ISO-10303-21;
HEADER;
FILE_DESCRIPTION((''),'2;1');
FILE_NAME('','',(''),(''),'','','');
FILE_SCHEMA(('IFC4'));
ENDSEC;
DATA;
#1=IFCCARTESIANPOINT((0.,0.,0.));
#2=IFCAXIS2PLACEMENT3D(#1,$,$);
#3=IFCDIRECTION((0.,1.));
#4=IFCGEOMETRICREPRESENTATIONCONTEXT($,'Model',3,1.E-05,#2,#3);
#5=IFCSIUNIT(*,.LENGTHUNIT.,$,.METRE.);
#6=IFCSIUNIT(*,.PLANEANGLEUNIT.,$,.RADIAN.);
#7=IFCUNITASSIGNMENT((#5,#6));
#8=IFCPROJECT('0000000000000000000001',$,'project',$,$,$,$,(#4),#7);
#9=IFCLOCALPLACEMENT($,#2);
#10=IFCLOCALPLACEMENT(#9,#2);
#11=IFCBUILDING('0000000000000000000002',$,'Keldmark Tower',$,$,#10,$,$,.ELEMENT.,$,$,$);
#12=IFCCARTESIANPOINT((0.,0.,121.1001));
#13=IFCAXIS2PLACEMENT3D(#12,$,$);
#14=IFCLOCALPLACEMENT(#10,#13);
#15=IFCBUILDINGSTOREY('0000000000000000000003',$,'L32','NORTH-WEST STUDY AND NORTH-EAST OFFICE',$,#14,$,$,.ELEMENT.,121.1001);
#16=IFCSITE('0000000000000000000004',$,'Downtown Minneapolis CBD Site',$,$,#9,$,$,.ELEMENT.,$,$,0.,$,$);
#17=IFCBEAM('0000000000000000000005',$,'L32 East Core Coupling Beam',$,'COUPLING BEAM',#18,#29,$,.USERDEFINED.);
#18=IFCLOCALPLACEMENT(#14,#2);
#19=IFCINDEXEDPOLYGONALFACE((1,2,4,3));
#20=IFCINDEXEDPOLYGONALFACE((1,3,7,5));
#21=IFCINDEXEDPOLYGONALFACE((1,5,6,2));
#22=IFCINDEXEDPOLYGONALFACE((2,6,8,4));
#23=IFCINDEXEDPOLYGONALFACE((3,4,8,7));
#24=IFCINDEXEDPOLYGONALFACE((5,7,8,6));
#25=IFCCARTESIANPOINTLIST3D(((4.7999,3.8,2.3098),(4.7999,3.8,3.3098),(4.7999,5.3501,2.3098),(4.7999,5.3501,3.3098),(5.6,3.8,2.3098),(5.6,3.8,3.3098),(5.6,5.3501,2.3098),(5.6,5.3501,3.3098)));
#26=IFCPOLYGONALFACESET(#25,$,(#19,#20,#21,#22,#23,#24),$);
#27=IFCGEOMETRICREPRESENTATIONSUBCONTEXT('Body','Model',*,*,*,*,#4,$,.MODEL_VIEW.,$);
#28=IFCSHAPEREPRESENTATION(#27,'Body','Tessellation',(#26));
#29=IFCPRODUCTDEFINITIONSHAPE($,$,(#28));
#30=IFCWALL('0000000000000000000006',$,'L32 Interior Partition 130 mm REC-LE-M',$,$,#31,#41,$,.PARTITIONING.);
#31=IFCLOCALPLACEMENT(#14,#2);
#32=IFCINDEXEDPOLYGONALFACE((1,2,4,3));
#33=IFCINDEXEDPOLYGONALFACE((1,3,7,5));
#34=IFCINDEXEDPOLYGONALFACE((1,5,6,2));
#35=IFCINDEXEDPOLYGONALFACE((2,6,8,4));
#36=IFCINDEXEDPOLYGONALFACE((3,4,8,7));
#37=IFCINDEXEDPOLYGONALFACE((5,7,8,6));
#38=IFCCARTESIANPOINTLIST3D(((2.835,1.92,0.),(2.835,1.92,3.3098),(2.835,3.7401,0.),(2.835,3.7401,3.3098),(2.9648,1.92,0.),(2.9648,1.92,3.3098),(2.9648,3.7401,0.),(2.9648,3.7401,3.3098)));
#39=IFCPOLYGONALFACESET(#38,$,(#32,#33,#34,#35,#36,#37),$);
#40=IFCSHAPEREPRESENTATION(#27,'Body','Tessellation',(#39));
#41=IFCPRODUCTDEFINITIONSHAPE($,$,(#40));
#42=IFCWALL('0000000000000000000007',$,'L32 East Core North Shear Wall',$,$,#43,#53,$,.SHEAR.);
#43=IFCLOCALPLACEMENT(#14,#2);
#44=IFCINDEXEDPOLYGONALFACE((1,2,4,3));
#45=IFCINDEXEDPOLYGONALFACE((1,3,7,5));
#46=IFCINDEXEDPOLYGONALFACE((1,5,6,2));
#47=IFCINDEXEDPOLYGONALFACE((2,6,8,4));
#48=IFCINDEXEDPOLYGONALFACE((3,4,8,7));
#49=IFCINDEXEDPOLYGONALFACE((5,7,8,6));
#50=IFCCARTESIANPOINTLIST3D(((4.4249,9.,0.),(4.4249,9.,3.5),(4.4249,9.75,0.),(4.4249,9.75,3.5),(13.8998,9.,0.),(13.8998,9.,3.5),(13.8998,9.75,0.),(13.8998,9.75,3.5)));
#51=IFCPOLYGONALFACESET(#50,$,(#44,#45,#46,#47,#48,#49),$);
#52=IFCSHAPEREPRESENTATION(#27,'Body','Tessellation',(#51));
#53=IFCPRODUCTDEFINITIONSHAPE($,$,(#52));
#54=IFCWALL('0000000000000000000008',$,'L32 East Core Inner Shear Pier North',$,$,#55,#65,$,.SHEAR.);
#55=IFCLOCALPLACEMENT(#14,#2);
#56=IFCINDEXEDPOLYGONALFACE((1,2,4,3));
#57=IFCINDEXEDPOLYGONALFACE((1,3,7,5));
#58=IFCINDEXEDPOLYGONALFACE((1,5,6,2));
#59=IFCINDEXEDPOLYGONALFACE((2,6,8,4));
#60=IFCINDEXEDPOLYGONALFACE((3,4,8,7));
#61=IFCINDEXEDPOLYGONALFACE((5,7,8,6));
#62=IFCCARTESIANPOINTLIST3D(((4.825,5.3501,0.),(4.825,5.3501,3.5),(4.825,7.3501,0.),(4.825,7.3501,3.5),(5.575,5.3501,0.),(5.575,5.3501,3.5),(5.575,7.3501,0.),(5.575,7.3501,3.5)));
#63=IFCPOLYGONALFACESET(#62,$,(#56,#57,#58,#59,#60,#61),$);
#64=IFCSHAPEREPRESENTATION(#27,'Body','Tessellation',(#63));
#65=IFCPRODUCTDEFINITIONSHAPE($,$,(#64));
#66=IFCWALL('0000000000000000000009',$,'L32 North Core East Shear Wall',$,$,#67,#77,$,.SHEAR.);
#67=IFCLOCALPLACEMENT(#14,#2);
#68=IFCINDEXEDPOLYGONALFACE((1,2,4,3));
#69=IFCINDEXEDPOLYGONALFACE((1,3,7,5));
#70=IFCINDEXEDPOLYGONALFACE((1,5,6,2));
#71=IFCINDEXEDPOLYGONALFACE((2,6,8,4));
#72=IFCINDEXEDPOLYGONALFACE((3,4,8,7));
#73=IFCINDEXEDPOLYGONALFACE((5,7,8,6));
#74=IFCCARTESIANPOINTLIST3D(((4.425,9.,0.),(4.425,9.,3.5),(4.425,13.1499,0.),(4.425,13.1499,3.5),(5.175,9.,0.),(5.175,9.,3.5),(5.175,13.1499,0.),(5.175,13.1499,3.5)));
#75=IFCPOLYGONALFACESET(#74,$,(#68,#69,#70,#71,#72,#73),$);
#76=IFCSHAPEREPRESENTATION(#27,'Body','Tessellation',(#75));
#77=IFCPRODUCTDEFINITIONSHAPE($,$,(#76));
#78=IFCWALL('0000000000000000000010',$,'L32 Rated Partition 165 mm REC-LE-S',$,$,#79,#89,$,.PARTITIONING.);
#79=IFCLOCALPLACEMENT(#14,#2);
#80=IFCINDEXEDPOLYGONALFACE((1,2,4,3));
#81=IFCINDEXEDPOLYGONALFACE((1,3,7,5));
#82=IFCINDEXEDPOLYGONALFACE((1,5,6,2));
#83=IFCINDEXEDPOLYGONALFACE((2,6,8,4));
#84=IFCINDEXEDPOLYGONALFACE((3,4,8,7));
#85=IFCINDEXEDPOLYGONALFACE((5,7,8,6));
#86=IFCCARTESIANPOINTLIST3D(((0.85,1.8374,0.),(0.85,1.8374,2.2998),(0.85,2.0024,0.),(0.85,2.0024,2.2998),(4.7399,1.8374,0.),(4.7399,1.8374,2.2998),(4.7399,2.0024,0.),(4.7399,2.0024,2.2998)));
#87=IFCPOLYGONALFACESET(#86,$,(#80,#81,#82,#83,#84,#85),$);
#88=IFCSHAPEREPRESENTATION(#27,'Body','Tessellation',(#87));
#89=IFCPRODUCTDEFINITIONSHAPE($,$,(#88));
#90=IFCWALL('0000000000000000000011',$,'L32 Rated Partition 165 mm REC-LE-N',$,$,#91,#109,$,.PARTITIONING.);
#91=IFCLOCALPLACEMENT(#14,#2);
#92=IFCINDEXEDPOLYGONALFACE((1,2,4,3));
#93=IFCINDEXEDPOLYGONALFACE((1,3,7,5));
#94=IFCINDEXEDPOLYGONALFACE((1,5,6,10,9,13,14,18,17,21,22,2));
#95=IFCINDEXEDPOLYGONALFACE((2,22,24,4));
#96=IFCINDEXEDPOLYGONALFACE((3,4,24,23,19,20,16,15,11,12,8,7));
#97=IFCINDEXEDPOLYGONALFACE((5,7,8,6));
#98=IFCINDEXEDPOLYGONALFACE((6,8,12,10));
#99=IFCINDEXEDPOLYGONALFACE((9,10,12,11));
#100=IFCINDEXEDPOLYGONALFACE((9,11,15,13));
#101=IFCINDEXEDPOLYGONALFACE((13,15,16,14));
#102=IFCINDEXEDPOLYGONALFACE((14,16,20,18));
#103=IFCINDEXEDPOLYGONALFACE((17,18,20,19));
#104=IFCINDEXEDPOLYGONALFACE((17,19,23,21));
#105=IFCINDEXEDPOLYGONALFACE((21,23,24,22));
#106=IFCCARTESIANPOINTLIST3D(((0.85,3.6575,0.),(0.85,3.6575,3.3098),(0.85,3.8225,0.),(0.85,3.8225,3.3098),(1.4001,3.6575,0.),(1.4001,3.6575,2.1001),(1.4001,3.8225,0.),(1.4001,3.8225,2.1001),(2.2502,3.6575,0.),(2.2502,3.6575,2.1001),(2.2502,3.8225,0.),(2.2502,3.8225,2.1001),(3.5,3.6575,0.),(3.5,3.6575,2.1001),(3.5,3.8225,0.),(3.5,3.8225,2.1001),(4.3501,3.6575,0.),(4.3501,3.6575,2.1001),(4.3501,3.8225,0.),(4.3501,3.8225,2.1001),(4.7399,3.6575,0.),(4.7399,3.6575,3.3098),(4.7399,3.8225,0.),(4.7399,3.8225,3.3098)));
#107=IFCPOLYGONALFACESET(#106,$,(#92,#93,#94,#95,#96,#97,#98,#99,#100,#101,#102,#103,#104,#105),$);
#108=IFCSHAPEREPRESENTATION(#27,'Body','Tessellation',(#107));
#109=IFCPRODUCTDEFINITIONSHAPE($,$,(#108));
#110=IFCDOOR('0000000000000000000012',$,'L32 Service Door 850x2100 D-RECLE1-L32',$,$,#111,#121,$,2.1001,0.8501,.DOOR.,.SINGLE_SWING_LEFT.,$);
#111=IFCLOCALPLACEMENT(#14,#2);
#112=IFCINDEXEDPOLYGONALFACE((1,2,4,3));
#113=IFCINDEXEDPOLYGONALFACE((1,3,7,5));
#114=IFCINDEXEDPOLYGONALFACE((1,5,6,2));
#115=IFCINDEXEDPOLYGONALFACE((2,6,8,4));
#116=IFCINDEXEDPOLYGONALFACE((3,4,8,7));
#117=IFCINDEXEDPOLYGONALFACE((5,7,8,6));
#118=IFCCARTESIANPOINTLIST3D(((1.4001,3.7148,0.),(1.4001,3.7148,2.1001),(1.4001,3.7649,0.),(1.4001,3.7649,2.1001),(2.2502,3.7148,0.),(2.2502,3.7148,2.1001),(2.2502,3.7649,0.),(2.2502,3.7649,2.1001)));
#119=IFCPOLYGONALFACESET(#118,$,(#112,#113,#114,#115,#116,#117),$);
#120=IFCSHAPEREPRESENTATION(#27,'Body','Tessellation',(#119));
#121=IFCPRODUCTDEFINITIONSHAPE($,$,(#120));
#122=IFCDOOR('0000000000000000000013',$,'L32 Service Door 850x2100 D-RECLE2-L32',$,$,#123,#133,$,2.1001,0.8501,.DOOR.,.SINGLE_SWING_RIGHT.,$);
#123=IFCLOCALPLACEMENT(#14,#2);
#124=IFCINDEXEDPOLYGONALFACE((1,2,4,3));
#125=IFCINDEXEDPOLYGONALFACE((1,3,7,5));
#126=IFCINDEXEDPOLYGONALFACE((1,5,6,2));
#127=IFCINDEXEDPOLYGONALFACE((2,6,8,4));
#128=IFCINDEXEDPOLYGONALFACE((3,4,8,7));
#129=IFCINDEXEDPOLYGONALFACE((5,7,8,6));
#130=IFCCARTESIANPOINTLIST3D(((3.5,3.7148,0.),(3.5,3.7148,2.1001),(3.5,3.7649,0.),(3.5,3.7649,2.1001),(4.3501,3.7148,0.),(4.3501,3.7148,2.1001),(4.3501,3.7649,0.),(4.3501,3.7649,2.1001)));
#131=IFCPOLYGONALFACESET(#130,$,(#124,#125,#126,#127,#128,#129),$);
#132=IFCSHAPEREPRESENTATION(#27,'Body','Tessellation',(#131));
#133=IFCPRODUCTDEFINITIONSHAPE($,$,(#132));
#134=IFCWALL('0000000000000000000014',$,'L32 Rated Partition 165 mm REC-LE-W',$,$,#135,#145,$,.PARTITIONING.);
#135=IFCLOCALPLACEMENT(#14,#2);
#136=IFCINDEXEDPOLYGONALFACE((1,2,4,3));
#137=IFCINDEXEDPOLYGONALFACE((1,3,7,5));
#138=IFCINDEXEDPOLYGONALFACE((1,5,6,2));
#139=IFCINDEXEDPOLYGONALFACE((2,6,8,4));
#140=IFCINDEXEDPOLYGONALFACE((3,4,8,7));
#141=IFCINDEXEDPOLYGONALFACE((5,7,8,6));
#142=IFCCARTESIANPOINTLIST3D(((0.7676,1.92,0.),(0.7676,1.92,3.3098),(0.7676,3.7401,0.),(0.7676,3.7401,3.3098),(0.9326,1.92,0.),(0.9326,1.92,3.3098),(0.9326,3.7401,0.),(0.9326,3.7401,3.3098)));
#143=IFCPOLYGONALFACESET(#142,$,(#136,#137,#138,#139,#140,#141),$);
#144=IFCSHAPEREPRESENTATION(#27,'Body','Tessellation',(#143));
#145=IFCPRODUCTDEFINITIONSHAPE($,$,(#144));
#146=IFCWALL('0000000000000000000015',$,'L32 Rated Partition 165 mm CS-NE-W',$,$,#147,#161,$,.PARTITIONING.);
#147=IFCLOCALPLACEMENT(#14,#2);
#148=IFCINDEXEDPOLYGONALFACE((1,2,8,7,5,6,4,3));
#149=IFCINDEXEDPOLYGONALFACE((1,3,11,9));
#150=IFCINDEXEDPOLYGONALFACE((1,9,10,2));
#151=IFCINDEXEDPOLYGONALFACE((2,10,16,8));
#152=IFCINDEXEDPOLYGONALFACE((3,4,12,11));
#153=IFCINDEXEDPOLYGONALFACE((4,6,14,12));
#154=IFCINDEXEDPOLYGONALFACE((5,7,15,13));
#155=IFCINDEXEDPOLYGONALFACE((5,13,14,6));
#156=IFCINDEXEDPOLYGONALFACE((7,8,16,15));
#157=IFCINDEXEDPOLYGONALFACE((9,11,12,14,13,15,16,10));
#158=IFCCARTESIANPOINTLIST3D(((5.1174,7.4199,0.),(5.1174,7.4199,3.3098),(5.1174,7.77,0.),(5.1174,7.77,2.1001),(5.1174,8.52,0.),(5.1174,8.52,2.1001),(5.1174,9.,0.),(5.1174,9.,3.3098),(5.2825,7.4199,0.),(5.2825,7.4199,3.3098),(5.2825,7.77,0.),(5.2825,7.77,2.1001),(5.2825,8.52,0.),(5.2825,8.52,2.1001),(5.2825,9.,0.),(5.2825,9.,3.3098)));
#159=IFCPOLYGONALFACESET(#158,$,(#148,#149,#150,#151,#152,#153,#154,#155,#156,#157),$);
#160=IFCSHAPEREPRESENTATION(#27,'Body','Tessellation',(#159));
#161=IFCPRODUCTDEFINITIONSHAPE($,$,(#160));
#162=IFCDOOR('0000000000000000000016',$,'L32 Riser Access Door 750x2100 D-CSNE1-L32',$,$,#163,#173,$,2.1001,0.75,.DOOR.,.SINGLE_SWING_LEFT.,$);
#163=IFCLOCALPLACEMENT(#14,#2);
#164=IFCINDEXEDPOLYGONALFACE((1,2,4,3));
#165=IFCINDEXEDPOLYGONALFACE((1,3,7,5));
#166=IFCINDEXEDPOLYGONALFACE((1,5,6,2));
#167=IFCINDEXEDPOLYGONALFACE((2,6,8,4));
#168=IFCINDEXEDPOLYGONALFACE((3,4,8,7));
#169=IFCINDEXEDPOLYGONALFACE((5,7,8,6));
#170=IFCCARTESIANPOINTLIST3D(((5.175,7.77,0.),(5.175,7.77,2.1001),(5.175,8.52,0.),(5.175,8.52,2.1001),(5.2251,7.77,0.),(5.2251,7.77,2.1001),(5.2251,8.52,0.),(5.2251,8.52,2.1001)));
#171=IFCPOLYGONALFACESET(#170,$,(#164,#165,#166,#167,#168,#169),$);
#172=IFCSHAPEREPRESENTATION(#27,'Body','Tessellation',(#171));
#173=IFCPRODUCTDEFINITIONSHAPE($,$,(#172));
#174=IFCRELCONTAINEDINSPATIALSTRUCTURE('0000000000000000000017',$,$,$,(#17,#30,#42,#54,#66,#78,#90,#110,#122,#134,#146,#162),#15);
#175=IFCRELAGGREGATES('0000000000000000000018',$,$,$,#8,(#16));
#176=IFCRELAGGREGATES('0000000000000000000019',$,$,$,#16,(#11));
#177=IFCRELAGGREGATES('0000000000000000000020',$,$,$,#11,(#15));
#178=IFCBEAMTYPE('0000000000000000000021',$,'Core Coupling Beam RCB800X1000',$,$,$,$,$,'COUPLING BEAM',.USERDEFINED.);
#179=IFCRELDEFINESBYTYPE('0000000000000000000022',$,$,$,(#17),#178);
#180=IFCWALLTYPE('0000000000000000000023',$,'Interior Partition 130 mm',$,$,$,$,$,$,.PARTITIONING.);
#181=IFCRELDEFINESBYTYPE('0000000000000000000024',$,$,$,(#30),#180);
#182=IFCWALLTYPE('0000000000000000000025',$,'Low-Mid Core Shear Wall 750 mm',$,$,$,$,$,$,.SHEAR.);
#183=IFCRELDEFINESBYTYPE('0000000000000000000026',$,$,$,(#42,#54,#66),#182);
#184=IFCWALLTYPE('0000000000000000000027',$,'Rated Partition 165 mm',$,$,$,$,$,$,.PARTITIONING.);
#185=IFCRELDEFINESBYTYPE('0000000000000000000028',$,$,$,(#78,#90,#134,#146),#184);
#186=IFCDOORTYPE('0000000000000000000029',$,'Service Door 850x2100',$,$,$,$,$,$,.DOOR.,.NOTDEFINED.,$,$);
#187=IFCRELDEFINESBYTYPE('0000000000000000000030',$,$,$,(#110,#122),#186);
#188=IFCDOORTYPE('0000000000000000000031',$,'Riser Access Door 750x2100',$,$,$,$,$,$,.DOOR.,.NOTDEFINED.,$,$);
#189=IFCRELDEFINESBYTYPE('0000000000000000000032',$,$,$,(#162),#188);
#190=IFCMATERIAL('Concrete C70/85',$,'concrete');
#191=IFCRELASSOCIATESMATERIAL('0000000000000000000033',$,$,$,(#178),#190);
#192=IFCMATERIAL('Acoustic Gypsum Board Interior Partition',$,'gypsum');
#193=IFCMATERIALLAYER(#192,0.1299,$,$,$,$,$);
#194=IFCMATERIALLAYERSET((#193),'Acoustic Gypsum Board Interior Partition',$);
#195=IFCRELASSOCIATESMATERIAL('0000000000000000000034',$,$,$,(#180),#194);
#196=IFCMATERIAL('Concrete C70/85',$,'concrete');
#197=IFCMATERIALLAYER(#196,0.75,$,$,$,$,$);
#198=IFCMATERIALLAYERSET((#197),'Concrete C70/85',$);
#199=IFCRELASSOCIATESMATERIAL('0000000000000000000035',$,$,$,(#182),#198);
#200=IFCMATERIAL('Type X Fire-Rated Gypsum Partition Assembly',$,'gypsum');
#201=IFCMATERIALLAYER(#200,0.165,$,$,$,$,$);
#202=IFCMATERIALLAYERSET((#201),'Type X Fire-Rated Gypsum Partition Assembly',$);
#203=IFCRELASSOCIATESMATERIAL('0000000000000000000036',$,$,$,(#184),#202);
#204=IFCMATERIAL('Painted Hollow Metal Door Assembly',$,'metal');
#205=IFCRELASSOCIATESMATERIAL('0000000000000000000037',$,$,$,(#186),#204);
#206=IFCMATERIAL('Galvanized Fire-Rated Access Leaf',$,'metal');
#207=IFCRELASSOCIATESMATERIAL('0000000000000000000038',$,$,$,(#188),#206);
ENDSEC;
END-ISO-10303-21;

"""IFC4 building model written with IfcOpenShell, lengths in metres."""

from ifc_helpers import new_model, si_unit, direction, frame, frame_2d, origin, origin_2d, place, context, subcontext, project, spatial, rectangle, extrude, material, layer, layer_set, material_profile, profile_set, type_object, element, fill, save


model = new_model("IFC4")

# Units and contexts
model_context = context("Model", 3, precision=1e-05, world=origin(), true_north=direction((0.0, 1.0)))
body_context = subcontext(model_context, "Body", "Model", "MODEL_VIEW")
ifc_project = project(units=[si_unit("LENGTHUNIT", "METRE"), si_unit("PLANEANGLEUNIT", "RADIAN")], contexts=[model_context])

# Site, building, storey
site_placement = place(None, origin())
site = spatial("IfcSite", under=ifc_project, at=site_placement, Name="Downtown Minneapolis CBD Site", CompositionType="ELEMENT", RefElevation=0.0)
building_placement = place(site_placement, origin())
building = spatial("IfcBuilding", under=site, at=building_placement, Name="Keldmark Tower", CompositionType="ELEMENT")
storey_placement = place(building_placement, frame((0.0, 0.0, 121.1001)))
storey = spatial("IfcBuildingStorey", under=building, at=storey_placement, Name="L32", Description="NORTH-WEST STUDY AND NORTH-EAST OFFICE", CompositionType="ELEMENT", Elevation=121.1001)

# Beam
ifc_material_1 = material(Name="Concrete C70/85", Category="concrete")
ifc_material_profile = material_profile(ifc_material_1, rectangle(XDim=0.8, YDim=1.0, at=origin_2d()), Name="RCB800X1000")
ifc_profile_set = profile_set([ifc_material_profile], Name="Concrete C70/85")
beam_type = type_object("IfcBeamType", Name="Core Coupling Beam RCB800X1000", ElementType="COUPLING BEAM", PredefinedType="USERDEFINED", material=ifc_profile_set)
beam_placement = place(storey_placement, frame((5.2, 3.8, 2.8098), z_axis=(0.0, 1.0, 0.0), x_axis=(-1.0, 0.0, 0.0)))
element("IfcBeam", 1, at=beam_placement, inside=storey, type_object=beam_type, Name="L32 East Core Coupling Beam", ObjectType="COUPLING BEAM", PredefinedType="USERDEFINED", context=body_context, shape_type="SweptSolid", body=[
    extrude(rectangle(XDim=0.8, YDim=1.0, at=origin_2d()), origin(), (0.0, 0.0, 1.0), 1.55),
])

# Walls
ifc_material_2 = material(Name="Acoustic Gypsum Board Interior Partition", Category="gypsum")
ifc_layer_1 = layer(ifc_material_2, 0.1299)
ifc_layer_set_1 = layer_set([ifc_layer_1], Name="Acoustic Gypsum Board Interior Partition")
wall_type_1 = type_object("IfcWallType", Name="Interior Partition 130 mm", PredefinedType="PARTITIONING", material=ifc_layer_set_1)
wall_1_placement = place(storey_placement, frame((2.8999, 1.9199, 0.0), z_axis=(0.0, 0.0, 1.0), x_axis=(0.0, 1.0, 0.0)))
element("IfcWall", 2, at=wall_1_placement, inside=storey, type_object=wall_type_1, Name="L32 Interior Partition 130 mm REC-LE-M", PredefinedType="PARTITIONING", context=body_context, shape_type="SweptSolid", body=[
    extrude(rectangle(XDim=1.8201, YDim=0.1299, at=frame_2d((0.9102, 0.0))), origin(), (0.0, 0.0, 1.0), 3.3098),
])
ifc_material_3 = material(Name="Concrete C70/85", Category="concrete")
ifc_layer_2 = layer(ifc_material_3, 0.75)
ifc_layer_set_2 = layer_set([ifc_layer_2], Name="Concrete C70/85")
wall_type_2 = type_object("IfcWallType", Name="Low-Mid Core Shear Wall 750 mm", PredefinedType="SHEAR", material=ifc_layer_set_2)
wall_2_placement = place(storey_placement, frame((4.425, 9.375, 0.0), z_axis=(0.0, 0.0, 1.0), x_axis=(1.0, 0.0, 0.0)))
element("IfcWall", 3, at=wall_2_placement, inside=storey, type_object=wall_type_2, Name="L32 East Core North Shear Wall", PredefinedType="SHEAR", context=body_context, shape_type="SweptSolid", body=[
    extrude(rectangle(XDim=9.4749, YDim=0.75, at=frame_2d((4.7373, 0.0))), origin(), (0.0, 0.0, 1.0), 3.5),
])
wall_3_placement = place(storey_placement, frame((5.2, 5.3501, 0.0), z_axis=(0.0, 0.0, 1.0), x_axis=(0.0, 1.0, 0.0)))
element("IfcWall", 4, at=wall_3_placement, inside=storey, type_object=wall_type_2, Name="L32 East Core Inner Shear Pier North", PredefinedType="SHEAR", context=body_context, shape_type="SweptSolid", body=[
    extrude(rectangle(XDim=2.0, YDim=0.75, at=frame_2d((1.0, 0.0))), origin(), (0.0, 0.0, 1.0), 3.5),
])
wall_4_placement = place(storey_placement, frame((4.8, 9.0, 0.0), z_axis=(0.0, 0.0, 1.0), x_axis=(0.0, 1.0, 0.0)))
element("IfcWall", 5, at=wall_4_placement, inside=storey, type_object=wall_type_2, Name="L32 North Core East Shear Wall", PredefinedType="SHEAR", context=body_context, shape_type="SweptSolid", body=[
    extrude(rectangle(XDim=4.1499, YDim=0.75, at=frame_2d((2.075, 0.0))), origin(), (0.0, 0.0, 1.0), 3.5),
])
ifc_material_4 = material(Name="Type X Fire-Rated Gypsum Partition Assembly", Category="gypsum")
ifc_layer_3 = layer(ifc_material_4, 0.165)
ifc_layer_set_3 = layer_set([ifc_layer_3], Name="Type X Fire-Rated Gypsum Partition Assembly")
wall_type_3 = type_object("IfcWallType", Name="Rated Partition 165 mm", PredefinedType="PARTITIONING", material=ifc_layer_set_3)
wall_5_placement = place(storey_placement, frame((0.8501, 1.9199, 0.0), z_axis=(0.0, 0.0, 1.0), x_axis=(1.0, 0.0, 0.0)))
element("IfcWall", 6, at=wall_5_placement, inside=storey, type_object=wall_type_3, Name="L32 Rated Partition 165 mm REC-LE-S", PredefinedType="PARTITIONING", context=body_context, shape_type="SweptSolid", body=[
    extrude(rectangle(XDim=3.8899, YDim=0.165, at=frame_2d((1.9448, 0.0))), origin(), (0.0, 0.0, 1.0), 2.2998),
])

# Wall, openings, doors
wall_6_placement = place(storey_placement, frame((0.8501, 3.74, 0.0), z_axis=(0.0, 0.0, 1.0), x_axis=(1.0, 0.0, 0.0)))
wall_6 = element("IfcWall", 7, at=wall_6_placement, inside=storey, type_object=wall_type_3, Name="L32 Rated Partition 165 mm REC-LE-N", PredefinedType="PARTITIONING", context=body_context, shape_type="SweptSolid", body=[
    extrude(rectangle(XDim=3.8899, YDim=0.165, at=frame_2d((1.9448, 0.0))), origin(), (0.0, 0.0, 1.0), 3.3098),
])
opening_1_placement = place(wall_6_placement, frame((0.55, 0.0, 0.0)))
opening_1 = element("IfcOpeningElement", 8, at=opening_1_placement, cuts=wall_6, PredefinedType="OPENING", context=body_context, shape_type="SweptSolid", body=[
    extrude(rectangle(XDim=0.8501, YDim=2.1001, at=frame_2d((0.425, 1.05))), frame((0.0, 0.0925, 0.0), z_axis=(0.0, -1.0, 0.0), x_axis=(1.0, 0.0, 0.0)), (0.0, 0.0, 1.0), 0.1851),
])
opening_2_placement = place(wall_6_placement, frame((2.6499, 0.0, 0.0)))
opening_2 = element("IfcOpeningElement", 9, at=opening_2_placement, cuts=wall_6, PredefinedType="OPENING", context=body_context, shape_type="SweptSolid", body=[
    extrude(rectangle(XDim=0.8501, YDim=2.1001, at=frame_2d((0.425, 1.05))), frame((0.0, 0.0925, 0.0), z_axis=(0.0, -1.0, 0.0), x_axis=(1.0, 0.0, 0.0)), (0.0, 0.0, 1.0), 0.1851),
])
ifc_material_5 = material(Name="Painted Hollow Metal Door Assembly", Category="metal")
door_type_1 = type_object("IfcDoorType", Name="Service Door 850x2100", OperationType="NOTDEFINED", PredefinedType="DOOR", material=ifc_material_5)
door_1_placement = place(opening_1_placement, origin())
door_1 = element("IfcDoor", 10, at=door_1_placement, inside=storey, type_object=door_type_1, Name="L32 Service Door 850x2100 D-RECLE1-L32", OperationType="SINGLE_SWING_LEFT", OverallHeight=2.1001, OverallWidth=0.8501, PredefinedType="DOOR", context=body_context, shape_type="SweptSolid", body=[
    extrude(rectangle(XDim=0.8501, YDim=2.1001, at=frame_2d((0.425, 1.05))), frame((0.0, 0.0249, 0.0), z_axis=(0.0, -1.0, 0.0), x_axis=(1.0, 0.0, 0.0)), (0.0, 0.0, 1.0), 0.05),
])
fill(opening_1, door_1)
door_2_placement = place(opening_2_placement, origin())
door_2 = element("IfcDoor", 11, at=door_2_placement, inside=storey, type_object=door_type_1, Name="L32 Service Door 850x2100 D-RECLE2-L32", OperationType="SINGLE_SWING_RIGHT", OverallHeight=2.1001, OverallWidth=0.8501, PredefinedType="DOOR", context=body_context, shape_type="SweptSolid", body=[
    extrude(rectangle(XDim=0.8501, YDim=2.1001, at=frame_2d((0.425, 1.05))), frame((0.0, 0.0249, 0.0), z_axis=(0.0, -1.0, 0.0), x_axis=(1.0, 0.0, 0.0)), (0.0, 0.0, 1.0), 0.05),
])
fill(opening_2, door_2)

# Wall
wall_7_placement = place(storey_placement, frame((0.8501, 1.9199, 0.0), z_axis=(0.0, 0.0, 1.0), x_axis=(0.0, 1.0, 0.0)))
element("IfcWall", 12, at=wall_7_placement, inside=storey, type_object=wall_type_3, Name="L32 Rated Partition 165 mm REC-LE-W", PredefinedType="PARTITIONING", context=body_context, shape_type="SweptSolid", body=[
    extrude(rectangle(XDim=1.8201, YDim=0.165, at=frame_2d((0.9102, 0.0))), origin(), (0.0, 0.0, 1.0), 3.3098),
])

# Wall, opening, door
wall_8_placement = place(storey_placement, frame((5.2, 7.4199, 0.0), z_axis=(0.0, 0.0, 1.0), x_axis=(0.0, 1.0, 0.0)))
wall_8 = element("IfcWall", 13, at=wall_8_placement, inside=storey, type_object=wall_type_3, Name="L32 Rated Partition 165 mm CS-NE-W", PredefinedType="PARTITIONING", context=body_context, shape_type="SweptSolid", body=[
    extrude(rectangle(XDim=1.5801, YDim=0.165, at=frame_2d((0.79, 0.0))), origin(), (0.0, 0.0, 1.0), 3.3098),
])
opening_3_placement = place(wall_8_placement, frame((0.3501, 0.0, 0.0)))
opening_3 = element("IfcOpeningElement", 14, at=opening_3_placement, cuts=wall_8, PredefinedType="OPENING", context=body_context, shape_type="SweptSolid", body=[
    extrude(rectangle(XDim=0.75, YDim=2.1001, at=frame_2d((0.375, 1.05))), frame((0.0, 0.0925, 0.0), z_axis=(0.0, -1.0, 0.0), x_axis=(1.0, 0.0, 0.0)), (0.0, 0.0, 1.0), 0.1851),
])
ifc_material_6 = material(Name="Galvanized Fire-Rated Access Leaf", Category="metal")
door_type_2 = type_object("IfcDoorType", Name="Riser Access Door 750x2100", OperationType="NOTDEFINED", PredefinedType="DOOR", material=ifc_material_6)
door_3_placement = place(opening_3_placement, origin())
door_3 = element("IfcDoor", 15, at=door_3_placement, inside=storey, type_object=door_type_2, Name="L32 Riser Access Door 750x2100 D-CSNE1-L32", OperationType="SINGLE_SWING_LEFT", OverallHeight=2.1001, OverallWidth=0.75, PredefinedType="DOOR", context=body_context, shape_type="SweptSolid", body=[
    extrude(rectangle(XDim=0.75, YDim=2.1001, at=frame_2d((0.375, 1.05))), frame((0.0, 0.0249, 0.0), z_axis=(0.0, -1.0, 0.0), x_axis=(1.0, 0.0, 0.0)), (0.0, 0.0, 1.0), 0.05),
])
fill(opening_3, door_3)

save(model, "model.ifc")
